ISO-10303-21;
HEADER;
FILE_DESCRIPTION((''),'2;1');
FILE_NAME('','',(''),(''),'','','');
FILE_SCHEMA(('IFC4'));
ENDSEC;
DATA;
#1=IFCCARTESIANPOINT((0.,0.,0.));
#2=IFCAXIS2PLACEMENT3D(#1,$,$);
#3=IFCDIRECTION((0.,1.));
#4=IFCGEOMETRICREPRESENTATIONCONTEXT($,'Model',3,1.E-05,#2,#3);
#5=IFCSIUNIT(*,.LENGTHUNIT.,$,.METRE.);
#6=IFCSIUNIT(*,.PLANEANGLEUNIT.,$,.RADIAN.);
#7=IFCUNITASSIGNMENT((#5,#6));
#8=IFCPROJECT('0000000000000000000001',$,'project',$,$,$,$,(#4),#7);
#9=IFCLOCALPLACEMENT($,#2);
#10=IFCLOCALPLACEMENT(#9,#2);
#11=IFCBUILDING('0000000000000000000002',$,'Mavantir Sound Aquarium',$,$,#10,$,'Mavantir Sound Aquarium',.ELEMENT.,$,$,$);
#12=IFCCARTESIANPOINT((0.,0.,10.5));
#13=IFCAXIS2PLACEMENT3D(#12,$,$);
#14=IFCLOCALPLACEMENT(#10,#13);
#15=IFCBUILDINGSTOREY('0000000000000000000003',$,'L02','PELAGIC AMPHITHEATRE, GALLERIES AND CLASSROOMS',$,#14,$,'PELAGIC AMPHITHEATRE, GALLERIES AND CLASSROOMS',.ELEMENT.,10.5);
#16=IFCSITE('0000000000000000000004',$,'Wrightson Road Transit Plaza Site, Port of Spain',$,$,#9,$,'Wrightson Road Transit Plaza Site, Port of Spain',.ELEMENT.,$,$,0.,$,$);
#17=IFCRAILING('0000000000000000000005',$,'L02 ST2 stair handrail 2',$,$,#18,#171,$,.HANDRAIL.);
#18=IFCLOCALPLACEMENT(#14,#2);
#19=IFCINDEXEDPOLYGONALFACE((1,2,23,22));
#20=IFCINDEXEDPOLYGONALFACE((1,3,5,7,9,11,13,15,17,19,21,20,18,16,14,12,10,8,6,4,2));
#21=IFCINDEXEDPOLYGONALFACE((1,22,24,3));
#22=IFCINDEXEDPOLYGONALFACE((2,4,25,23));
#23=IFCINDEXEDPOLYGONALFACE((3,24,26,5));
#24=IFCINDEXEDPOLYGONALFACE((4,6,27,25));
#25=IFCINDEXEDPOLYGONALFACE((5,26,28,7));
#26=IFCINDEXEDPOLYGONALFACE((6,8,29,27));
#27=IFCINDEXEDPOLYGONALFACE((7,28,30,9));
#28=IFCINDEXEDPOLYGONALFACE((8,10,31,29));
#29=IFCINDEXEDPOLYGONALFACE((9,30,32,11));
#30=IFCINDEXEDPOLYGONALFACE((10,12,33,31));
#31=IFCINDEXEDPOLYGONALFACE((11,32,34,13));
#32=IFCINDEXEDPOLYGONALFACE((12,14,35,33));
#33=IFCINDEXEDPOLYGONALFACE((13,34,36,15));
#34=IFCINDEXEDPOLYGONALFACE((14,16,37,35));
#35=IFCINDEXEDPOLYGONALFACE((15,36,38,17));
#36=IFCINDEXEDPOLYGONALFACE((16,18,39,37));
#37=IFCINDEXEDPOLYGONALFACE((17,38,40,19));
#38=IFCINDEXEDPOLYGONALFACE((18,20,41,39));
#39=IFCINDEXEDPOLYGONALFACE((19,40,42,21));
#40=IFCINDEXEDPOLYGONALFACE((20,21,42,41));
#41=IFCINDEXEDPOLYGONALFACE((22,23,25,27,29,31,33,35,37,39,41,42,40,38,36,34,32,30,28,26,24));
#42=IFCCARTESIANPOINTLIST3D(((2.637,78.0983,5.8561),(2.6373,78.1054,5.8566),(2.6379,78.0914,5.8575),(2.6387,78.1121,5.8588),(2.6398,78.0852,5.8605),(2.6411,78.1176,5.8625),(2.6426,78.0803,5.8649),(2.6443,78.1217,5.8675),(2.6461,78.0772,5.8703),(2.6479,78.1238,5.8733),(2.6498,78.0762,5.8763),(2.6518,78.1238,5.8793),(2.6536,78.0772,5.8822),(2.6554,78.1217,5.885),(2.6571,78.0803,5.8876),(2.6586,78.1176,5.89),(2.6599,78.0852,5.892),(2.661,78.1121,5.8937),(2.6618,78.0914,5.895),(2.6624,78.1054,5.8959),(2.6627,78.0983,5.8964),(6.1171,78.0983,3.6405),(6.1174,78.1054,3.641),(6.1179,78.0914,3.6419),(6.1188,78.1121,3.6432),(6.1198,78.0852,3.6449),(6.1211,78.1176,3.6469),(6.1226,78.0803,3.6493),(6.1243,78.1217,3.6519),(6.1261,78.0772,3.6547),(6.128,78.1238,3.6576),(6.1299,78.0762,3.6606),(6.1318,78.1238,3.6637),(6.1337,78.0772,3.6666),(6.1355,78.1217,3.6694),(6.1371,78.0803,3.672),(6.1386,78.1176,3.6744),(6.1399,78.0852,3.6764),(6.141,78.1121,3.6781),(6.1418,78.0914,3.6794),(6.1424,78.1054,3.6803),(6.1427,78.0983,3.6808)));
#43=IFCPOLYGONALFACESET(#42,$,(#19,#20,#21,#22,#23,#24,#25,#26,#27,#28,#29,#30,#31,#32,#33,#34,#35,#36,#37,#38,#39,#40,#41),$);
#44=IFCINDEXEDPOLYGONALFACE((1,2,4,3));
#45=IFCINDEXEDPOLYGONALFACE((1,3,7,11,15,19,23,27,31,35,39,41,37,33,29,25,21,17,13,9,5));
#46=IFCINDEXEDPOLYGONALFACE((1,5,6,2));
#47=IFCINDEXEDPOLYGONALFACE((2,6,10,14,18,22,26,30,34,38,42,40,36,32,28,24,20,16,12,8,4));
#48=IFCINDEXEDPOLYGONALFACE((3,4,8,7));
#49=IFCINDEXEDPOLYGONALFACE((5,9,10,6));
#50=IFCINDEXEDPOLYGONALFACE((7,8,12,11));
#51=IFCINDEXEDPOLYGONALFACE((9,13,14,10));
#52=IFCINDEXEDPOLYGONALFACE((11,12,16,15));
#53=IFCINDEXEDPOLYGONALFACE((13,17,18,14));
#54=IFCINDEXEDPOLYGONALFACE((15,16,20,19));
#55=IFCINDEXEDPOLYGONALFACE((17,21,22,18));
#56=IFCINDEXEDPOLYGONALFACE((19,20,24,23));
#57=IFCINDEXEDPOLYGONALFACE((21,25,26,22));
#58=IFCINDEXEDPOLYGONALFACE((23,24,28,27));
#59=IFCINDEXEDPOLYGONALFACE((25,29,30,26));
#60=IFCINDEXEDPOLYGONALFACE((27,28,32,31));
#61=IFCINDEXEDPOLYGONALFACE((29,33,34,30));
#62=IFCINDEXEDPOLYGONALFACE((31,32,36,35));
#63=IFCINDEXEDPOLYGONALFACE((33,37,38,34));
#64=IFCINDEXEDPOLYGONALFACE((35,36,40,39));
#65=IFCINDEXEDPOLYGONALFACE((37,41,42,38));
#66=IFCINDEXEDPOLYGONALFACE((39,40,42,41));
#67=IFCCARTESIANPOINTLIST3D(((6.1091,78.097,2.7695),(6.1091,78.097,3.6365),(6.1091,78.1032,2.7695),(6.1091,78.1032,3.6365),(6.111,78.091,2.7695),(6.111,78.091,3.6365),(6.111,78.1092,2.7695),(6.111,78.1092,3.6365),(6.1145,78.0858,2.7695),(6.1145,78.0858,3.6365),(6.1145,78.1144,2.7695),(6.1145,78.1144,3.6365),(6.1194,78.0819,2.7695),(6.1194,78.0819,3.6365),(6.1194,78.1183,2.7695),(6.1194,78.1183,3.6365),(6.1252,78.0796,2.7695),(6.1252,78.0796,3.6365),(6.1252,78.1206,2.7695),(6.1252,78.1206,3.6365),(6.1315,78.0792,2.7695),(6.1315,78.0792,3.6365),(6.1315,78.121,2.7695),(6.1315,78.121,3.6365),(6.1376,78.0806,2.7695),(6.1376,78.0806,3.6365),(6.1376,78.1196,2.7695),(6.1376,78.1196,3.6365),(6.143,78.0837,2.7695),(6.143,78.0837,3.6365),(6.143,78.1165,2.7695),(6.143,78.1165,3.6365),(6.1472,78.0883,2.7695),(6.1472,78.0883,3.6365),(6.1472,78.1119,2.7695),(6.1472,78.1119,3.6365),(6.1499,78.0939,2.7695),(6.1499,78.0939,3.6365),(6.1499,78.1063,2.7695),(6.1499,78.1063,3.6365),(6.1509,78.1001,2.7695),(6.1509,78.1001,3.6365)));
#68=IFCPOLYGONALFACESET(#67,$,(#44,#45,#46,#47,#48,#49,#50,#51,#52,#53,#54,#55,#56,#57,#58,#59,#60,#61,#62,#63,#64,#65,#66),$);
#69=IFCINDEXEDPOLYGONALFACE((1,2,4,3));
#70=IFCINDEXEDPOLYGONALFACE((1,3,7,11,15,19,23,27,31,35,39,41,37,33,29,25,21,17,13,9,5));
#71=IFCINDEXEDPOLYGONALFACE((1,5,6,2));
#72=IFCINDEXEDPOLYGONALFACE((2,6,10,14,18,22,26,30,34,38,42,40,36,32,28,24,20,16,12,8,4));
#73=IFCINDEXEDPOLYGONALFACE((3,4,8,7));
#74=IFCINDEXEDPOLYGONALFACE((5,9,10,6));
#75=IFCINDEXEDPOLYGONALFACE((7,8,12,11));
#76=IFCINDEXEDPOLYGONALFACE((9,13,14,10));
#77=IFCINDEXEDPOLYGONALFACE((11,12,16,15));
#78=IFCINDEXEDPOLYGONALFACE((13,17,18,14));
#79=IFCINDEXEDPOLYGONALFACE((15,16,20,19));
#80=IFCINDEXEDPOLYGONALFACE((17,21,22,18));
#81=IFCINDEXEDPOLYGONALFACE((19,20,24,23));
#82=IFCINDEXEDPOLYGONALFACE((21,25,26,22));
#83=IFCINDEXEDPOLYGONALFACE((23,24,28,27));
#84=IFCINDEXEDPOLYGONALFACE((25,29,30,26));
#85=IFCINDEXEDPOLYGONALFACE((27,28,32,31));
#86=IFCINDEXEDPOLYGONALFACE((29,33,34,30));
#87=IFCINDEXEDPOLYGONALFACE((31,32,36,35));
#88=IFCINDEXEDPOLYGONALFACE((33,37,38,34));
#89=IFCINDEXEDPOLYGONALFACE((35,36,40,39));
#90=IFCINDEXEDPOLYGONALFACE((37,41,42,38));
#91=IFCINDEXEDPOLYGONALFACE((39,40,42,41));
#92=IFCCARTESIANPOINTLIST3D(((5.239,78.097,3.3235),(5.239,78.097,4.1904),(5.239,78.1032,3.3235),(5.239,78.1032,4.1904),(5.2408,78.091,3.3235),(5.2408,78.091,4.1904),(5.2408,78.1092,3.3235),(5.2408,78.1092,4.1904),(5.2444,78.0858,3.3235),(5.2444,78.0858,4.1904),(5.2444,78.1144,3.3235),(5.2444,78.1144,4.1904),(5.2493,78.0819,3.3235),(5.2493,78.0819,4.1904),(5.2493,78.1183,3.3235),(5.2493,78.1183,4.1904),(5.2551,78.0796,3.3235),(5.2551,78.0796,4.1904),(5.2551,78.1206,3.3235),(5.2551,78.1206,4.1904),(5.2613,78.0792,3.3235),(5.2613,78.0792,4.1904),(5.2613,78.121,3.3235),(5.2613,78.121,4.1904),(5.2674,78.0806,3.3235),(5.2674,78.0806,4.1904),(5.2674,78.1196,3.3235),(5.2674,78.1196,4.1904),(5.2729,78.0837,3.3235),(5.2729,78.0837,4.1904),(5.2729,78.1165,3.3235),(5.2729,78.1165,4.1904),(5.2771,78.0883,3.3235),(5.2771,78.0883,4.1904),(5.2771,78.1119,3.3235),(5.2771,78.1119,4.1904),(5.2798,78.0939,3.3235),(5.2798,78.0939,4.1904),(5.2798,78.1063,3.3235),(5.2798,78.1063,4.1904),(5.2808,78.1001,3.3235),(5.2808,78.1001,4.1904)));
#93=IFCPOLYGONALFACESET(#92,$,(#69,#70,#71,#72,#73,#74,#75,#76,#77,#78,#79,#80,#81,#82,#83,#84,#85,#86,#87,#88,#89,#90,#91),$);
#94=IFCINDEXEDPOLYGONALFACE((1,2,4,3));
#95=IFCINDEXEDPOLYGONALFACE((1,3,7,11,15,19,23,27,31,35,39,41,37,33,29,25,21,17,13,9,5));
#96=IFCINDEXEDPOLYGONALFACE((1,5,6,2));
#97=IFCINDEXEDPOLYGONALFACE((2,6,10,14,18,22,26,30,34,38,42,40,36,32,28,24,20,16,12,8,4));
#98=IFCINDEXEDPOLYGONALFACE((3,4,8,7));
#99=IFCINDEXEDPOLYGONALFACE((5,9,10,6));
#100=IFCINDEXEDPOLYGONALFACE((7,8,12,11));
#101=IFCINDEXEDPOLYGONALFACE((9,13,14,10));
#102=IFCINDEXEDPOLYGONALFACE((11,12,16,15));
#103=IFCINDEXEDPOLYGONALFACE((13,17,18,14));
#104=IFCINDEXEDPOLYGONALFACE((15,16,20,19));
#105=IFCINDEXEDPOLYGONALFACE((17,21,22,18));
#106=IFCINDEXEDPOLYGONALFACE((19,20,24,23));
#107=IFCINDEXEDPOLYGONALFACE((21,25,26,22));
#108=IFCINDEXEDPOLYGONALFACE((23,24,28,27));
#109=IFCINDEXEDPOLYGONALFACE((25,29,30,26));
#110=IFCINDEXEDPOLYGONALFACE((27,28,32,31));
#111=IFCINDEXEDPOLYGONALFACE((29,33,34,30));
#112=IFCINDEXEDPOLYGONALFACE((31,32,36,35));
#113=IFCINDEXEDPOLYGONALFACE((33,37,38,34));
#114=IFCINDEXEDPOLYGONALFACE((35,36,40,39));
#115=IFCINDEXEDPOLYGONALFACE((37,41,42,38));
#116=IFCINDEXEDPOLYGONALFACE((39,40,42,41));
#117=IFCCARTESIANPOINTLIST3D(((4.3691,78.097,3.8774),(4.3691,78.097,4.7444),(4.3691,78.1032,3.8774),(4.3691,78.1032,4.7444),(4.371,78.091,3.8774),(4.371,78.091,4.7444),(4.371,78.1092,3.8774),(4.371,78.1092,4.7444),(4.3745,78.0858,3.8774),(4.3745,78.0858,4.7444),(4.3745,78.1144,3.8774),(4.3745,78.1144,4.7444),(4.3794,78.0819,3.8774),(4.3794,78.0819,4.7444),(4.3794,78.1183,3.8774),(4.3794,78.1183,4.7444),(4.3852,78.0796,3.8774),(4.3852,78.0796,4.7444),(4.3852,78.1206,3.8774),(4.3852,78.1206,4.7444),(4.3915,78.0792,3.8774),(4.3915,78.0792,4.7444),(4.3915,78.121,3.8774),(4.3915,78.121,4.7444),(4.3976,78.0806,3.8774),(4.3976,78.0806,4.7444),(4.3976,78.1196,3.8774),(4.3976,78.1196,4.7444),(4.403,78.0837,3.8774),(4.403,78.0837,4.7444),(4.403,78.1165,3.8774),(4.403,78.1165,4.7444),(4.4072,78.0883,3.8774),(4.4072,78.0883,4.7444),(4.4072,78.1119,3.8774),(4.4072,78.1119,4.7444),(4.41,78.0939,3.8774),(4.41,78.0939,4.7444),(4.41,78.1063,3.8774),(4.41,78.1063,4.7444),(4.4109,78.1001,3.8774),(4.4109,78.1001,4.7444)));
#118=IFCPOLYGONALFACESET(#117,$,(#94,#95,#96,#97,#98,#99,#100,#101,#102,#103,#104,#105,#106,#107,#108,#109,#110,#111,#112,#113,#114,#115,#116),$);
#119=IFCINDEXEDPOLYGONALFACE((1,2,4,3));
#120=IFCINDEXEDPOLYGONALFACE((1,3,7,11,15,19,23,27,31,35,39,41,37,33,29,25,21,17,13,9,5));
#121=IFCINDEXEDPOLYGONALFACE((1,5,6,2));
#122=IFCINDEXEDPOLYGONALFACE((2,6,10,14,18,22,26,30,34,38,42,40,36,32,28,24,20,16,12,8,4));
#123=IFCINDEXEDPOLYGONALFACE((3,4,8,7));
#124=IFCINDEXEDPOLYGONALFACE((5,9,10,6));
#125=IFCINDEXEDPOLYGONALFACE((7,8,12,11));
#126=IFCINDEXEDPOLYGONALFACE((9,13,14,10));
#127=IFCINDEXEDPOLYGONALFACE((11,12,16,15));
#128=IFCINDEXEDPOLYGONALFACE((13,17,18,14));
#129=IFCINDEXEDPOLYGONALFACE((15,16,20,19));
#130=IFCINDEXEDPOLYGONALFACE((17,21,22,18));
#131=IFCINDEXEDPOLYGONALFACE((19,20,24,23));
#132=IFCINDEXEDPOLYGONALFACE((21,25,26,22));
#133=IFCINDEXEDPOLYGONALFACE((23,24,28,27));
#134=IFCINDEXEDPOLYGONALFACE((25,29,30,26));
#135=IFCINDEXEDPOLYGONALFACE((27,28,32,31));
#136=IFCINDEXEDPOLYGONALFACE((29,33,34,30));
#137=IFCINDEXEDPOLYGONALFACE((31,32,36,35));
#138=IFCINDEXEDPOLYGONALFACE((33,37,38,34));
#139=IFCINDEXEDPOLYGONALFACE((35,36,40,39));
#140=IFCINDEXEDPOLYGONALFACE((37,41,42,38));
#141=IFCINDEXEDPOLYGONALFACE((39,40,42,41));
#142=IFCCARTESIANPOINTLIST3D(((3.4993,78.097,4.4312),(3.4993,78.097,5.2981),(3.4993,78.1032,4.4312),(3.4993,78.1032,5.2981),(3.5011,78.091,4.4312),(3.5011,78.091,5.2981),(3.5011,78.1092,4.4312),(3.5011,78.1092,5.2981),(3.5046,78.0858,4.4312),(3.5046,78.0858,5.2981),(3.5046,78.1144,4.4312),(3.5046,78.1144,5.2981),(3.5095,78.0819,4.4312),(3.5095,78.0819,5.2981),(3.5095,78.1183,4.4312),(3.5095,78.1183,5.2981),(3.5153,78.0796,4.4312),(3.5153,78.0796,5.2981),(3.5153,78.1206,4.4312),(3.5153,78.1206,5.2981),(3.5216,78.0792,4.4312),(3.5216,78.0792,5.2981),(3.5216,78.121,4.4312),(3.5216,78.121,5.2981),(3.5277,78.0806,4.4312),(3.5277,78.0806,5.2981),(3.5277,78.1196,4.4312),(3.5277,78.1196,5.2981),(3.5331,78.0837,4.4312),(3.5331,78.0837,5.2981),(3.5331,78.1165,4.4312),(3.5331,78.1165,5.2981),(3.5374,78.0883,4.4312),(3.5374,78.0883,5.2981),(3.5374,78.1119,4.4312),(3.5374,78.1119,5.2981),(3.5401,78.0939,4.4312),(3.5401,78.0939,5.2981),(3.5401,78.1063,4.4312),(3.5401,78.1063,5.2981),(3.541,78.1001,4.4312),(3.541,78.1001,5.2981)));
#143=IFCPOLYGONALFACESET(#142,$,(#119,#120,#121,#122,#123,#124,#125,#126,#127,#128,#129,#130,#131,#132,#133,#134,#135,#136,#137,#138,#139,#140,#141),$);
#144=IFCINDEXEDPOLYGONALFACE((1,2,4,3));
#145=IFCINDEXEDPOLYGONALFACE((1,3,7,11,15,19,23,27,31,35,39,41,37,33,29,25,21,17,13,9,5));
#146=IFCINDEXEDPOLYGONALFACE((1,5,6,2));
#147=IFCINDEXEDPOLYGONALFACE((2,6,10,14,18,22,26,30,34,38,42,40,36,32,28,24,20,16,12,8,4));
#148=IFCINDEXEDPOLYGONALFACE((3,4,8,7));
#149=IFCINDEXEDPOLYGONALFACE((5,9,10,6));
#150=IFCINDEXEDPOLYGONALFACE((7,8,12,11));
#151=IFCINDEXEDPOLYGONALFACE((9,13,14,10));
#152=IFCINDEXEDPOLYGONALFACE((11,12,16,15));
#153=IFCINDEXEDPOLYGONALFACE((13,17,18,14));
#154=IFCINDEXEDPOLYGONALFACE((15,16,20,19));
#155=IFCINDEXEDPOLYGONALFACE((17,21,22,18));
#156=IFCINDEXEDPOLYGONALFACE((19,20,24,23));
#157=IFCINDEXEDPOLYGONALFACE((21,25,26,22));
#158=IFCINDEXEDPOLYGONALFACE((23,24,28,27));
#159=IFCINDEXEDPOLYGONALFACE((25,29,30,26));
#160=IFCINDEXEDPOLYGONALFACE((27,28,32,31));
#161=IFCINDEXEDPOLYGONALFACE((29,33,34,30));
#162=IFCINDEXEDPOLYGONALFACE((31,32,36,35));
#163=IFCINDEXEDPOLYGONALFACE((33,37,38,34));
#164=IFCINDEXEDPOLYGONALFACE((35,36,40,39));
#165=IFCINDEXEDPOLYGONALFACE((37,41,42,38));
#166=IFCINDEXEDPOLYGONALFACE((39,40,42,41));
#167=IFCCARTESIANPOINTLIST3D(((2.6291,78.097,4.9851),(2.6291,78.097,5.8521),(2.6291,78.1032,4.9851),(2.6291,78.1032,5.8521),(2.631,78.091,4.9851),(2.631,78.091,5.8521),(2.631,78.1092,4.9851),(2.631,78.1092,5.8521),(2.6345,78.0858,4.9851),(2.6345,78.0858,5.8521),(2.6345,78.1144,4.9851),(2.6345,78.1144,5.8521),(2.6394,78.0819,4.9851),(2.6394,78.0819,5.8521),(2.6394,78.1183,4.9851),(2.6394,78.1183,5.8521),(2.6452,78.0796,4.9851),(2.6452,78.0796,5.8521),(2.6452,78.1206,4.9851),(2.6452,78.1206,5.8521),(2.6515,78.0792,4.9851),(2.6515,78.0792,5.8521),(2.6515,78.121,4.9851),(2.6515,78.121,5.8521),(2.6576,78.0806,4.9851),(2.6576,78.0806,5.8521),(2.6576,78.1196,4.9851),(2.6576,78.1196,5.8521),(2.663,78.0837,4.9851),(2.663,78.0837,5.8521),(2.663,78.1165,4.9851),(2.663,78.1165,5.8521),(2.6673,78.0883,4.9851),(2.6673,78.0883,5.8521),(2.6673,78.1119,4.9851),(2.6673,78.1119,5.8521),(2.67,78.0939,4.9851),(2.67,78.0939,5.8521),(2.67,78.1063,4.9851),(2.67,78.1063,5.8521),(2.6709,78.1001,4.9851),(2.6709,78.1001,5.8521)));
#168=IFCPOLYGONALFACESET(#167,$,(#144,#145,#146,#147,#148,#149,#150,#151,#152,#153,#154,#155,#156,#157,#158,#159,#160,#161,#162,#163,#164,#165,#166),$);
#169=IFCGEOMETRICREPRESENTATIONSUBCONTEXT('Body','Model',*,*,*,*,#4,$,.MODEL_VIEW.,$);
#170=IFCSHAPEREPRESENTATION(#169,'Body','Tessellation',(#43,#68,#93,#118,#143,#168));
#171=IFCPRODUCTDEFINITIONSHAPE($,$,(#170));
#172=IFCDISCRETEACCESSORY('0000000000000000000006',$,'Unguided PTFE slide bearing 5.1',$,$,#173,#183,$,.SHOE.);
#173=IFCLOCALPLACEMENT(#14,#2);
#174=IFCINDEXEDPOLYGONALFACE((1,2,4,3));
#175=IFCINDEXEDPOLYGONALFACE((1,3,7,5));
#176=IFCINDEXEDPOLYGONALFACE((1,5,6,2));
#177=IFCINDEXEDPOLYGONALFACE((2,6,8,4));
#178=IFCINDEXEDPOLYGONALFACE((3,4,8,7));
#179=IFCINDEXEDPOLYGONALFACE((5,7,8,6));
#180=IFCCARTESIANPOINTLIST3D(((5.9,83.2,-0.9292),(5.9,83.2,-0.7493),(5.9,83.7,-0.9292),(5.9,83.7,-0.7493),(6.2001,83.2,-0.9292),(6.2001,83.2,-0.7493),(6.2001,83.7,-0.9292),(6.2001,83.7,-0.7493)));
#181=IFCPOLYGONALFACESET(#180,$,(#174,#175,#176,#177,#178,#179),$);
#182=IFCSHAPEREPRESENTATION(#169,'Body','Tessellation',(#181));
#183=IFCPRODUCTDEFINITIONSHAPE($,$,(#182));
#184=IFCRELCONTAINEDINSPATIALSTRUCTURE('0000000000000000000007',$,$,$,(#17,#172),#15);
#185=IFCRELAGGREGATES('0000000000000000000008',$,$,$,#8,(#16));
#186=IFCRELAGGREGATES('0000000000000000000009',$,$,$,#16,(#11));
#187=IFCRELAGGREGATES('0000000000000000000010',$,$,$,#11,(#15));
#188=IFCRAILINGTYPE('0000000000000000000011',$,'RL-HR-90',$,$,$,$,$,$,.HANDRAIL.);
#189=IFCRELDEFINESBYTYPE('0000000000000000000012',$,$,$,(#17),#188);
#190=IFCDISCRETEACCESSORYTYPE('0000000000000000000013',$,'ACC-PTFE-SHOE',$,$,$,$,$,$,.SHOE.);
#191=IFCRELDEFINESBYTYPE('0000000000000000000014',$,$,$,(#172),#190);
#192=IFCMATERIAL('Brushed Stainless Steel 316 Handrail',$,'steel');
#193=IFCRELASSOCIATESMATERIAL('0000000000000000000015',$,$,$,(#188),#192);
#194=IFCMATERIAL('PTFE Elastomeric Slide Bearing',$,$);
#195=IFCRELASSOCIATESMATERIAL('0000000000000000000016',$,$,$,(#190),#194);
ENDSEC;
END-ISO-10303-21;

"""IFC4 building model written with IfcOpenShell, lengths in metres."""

from ifc_helpers import new_model, si_unit, direction, frame, origin, origin_2d, place, context, subcontext, project, spatial, rectangle, circle, extrude, material, type_object, element, save


model = new_model("IFC4")

# Units and contexts
model_context = context("Model", 3, precision=1e-05, world=origin(), true_north=direction((0.0, 1.0)))
body_context = subcontext(model_context, "Body", "Model", "MODEL_VIEW")
ifc_project = project(units=[si_unit("LENGTHUNIT", "METRE"), si_unit("PLANEANGLEUNIT", "RADIAN")], contexts=[model_context])

# Site, building, storey
site_placement = place(None, origin())
site = spatial("IfcSite", under=ifc_project, at=site_placement, Name="Wrightson Road Transit Plaza Site, Port of Spain", LongName="Wrightson Road Transit Plaza Site, Port of Spain", CompositionType="ELEMENT", RefElevation=0.0)
building_placement = place(site_placement, origin())
building = spatial("IfcBuilding", under=site, at=building_placement, Name="Mavantir Sound Aquarium", LongName="Mavantir Sound Aquarium", CompositionType="ELEMENT")
storey_placement = place(building_placement, frame((0.0, 0.0, 10.5)))
storey = spatial("IfcBuildingStorey", under=building, at=storey_placement, Name="L02", Description="PELAGIC AMPHITHEATRE, GALLERIES AND CLASSROOMS", LongName="PELAGIC AMPHITHEATRE, GALLERIES AND CLASSROOMS", CompositionType="ELEMENT", Elevation=10.5)

# Railing
ifc_material_1 = material(Name="Brushed Stainless Steel 316 Handrail", Category="steel")
railing_type_1 = type_object("IfcRailingType", Name="RL-HR-90", PredefinedType="HANDRAIL", material=ifc_material_1)
railing_1_placement = place(storey_placement, frame((6.1299, 78.1001, 2.7695)))
element("IfcRailing", 1, at=railing_1_placement, inside=storey, type_object=railing_type_1, Name="L02 ST2 stair handrail 2", PredefinedType="HANDRAIL", context=body_context, shape_type="SweptSolid", body=[
    extrude(circle(Radius=0.0239, at=origin_2d()), frame((0.0, 0.0, 0.8911), z_axis=(-0.843547, 0.0, 0.537055), x_axis=(0.0, -1.0, 0.0)), (0.0, 0.0, 1.0), 4.1255),
    extrude(circle(Radius=0.021, at=origin_2d()), origin(), (0.0, 0.0, 1.0), 0.8669),
    extrude(circle(Radius=0.021, at=origin_2d()), frame((-0.8701, 0.0, 0.554)), (0.0, 0.0, 1.0), 0.8669),
    extrude(circle(Radius=0.021, at=origin_2d()), frame((-1.74, 0.0, 1.1079)), (0.0, 0.0, 1.0), 0.8669),
    extrude(circle(Radius=0.021, at=origin_2d()), frame((-2.6099, 0.0, 1.6616)), (0.0, 0.0, 1.0), 0.8669),
    extrude(circle(Radius=0.021, at=origin_2d()), frame((-3.48, 0.0, 2.2156)), (0.0, 0.0, 1.0), 0.8669),
])

# Discrete accessory
ifc_material_2 = material(Name="PTFE Elastomeric Slide Bearing")
discrete_accessory_type = type_object("IfcDiscreteAccessoryType", Name="ACC-PTFE-SHOE", PredefinedType="SHOE", material=ifc_material_2)
discrete_accessory_placement = place(storey_placement, frame((6.05, 83.45, -0.9292), z_axis=(0.0, 0.0, 1.0), x_axis=(1.0, 0.0, 0.0)))
element("IfcDiscreteAccessory", 2, at=discrete_accessory_placement, inside=storey, type_object=discrete_accessory_type, Name="Unguided PTFE slide bearing 5.1", PredefinedType="SHOE", context=body_context, shape_type="SweptSolid", body=[
    extrude(rectangle(XDim=0.3, YDim=0.5, at=origin_2d()), origin(), (0.0, 0.0, 1.0), 0.1799),
])

save(model, "model.ifc")
